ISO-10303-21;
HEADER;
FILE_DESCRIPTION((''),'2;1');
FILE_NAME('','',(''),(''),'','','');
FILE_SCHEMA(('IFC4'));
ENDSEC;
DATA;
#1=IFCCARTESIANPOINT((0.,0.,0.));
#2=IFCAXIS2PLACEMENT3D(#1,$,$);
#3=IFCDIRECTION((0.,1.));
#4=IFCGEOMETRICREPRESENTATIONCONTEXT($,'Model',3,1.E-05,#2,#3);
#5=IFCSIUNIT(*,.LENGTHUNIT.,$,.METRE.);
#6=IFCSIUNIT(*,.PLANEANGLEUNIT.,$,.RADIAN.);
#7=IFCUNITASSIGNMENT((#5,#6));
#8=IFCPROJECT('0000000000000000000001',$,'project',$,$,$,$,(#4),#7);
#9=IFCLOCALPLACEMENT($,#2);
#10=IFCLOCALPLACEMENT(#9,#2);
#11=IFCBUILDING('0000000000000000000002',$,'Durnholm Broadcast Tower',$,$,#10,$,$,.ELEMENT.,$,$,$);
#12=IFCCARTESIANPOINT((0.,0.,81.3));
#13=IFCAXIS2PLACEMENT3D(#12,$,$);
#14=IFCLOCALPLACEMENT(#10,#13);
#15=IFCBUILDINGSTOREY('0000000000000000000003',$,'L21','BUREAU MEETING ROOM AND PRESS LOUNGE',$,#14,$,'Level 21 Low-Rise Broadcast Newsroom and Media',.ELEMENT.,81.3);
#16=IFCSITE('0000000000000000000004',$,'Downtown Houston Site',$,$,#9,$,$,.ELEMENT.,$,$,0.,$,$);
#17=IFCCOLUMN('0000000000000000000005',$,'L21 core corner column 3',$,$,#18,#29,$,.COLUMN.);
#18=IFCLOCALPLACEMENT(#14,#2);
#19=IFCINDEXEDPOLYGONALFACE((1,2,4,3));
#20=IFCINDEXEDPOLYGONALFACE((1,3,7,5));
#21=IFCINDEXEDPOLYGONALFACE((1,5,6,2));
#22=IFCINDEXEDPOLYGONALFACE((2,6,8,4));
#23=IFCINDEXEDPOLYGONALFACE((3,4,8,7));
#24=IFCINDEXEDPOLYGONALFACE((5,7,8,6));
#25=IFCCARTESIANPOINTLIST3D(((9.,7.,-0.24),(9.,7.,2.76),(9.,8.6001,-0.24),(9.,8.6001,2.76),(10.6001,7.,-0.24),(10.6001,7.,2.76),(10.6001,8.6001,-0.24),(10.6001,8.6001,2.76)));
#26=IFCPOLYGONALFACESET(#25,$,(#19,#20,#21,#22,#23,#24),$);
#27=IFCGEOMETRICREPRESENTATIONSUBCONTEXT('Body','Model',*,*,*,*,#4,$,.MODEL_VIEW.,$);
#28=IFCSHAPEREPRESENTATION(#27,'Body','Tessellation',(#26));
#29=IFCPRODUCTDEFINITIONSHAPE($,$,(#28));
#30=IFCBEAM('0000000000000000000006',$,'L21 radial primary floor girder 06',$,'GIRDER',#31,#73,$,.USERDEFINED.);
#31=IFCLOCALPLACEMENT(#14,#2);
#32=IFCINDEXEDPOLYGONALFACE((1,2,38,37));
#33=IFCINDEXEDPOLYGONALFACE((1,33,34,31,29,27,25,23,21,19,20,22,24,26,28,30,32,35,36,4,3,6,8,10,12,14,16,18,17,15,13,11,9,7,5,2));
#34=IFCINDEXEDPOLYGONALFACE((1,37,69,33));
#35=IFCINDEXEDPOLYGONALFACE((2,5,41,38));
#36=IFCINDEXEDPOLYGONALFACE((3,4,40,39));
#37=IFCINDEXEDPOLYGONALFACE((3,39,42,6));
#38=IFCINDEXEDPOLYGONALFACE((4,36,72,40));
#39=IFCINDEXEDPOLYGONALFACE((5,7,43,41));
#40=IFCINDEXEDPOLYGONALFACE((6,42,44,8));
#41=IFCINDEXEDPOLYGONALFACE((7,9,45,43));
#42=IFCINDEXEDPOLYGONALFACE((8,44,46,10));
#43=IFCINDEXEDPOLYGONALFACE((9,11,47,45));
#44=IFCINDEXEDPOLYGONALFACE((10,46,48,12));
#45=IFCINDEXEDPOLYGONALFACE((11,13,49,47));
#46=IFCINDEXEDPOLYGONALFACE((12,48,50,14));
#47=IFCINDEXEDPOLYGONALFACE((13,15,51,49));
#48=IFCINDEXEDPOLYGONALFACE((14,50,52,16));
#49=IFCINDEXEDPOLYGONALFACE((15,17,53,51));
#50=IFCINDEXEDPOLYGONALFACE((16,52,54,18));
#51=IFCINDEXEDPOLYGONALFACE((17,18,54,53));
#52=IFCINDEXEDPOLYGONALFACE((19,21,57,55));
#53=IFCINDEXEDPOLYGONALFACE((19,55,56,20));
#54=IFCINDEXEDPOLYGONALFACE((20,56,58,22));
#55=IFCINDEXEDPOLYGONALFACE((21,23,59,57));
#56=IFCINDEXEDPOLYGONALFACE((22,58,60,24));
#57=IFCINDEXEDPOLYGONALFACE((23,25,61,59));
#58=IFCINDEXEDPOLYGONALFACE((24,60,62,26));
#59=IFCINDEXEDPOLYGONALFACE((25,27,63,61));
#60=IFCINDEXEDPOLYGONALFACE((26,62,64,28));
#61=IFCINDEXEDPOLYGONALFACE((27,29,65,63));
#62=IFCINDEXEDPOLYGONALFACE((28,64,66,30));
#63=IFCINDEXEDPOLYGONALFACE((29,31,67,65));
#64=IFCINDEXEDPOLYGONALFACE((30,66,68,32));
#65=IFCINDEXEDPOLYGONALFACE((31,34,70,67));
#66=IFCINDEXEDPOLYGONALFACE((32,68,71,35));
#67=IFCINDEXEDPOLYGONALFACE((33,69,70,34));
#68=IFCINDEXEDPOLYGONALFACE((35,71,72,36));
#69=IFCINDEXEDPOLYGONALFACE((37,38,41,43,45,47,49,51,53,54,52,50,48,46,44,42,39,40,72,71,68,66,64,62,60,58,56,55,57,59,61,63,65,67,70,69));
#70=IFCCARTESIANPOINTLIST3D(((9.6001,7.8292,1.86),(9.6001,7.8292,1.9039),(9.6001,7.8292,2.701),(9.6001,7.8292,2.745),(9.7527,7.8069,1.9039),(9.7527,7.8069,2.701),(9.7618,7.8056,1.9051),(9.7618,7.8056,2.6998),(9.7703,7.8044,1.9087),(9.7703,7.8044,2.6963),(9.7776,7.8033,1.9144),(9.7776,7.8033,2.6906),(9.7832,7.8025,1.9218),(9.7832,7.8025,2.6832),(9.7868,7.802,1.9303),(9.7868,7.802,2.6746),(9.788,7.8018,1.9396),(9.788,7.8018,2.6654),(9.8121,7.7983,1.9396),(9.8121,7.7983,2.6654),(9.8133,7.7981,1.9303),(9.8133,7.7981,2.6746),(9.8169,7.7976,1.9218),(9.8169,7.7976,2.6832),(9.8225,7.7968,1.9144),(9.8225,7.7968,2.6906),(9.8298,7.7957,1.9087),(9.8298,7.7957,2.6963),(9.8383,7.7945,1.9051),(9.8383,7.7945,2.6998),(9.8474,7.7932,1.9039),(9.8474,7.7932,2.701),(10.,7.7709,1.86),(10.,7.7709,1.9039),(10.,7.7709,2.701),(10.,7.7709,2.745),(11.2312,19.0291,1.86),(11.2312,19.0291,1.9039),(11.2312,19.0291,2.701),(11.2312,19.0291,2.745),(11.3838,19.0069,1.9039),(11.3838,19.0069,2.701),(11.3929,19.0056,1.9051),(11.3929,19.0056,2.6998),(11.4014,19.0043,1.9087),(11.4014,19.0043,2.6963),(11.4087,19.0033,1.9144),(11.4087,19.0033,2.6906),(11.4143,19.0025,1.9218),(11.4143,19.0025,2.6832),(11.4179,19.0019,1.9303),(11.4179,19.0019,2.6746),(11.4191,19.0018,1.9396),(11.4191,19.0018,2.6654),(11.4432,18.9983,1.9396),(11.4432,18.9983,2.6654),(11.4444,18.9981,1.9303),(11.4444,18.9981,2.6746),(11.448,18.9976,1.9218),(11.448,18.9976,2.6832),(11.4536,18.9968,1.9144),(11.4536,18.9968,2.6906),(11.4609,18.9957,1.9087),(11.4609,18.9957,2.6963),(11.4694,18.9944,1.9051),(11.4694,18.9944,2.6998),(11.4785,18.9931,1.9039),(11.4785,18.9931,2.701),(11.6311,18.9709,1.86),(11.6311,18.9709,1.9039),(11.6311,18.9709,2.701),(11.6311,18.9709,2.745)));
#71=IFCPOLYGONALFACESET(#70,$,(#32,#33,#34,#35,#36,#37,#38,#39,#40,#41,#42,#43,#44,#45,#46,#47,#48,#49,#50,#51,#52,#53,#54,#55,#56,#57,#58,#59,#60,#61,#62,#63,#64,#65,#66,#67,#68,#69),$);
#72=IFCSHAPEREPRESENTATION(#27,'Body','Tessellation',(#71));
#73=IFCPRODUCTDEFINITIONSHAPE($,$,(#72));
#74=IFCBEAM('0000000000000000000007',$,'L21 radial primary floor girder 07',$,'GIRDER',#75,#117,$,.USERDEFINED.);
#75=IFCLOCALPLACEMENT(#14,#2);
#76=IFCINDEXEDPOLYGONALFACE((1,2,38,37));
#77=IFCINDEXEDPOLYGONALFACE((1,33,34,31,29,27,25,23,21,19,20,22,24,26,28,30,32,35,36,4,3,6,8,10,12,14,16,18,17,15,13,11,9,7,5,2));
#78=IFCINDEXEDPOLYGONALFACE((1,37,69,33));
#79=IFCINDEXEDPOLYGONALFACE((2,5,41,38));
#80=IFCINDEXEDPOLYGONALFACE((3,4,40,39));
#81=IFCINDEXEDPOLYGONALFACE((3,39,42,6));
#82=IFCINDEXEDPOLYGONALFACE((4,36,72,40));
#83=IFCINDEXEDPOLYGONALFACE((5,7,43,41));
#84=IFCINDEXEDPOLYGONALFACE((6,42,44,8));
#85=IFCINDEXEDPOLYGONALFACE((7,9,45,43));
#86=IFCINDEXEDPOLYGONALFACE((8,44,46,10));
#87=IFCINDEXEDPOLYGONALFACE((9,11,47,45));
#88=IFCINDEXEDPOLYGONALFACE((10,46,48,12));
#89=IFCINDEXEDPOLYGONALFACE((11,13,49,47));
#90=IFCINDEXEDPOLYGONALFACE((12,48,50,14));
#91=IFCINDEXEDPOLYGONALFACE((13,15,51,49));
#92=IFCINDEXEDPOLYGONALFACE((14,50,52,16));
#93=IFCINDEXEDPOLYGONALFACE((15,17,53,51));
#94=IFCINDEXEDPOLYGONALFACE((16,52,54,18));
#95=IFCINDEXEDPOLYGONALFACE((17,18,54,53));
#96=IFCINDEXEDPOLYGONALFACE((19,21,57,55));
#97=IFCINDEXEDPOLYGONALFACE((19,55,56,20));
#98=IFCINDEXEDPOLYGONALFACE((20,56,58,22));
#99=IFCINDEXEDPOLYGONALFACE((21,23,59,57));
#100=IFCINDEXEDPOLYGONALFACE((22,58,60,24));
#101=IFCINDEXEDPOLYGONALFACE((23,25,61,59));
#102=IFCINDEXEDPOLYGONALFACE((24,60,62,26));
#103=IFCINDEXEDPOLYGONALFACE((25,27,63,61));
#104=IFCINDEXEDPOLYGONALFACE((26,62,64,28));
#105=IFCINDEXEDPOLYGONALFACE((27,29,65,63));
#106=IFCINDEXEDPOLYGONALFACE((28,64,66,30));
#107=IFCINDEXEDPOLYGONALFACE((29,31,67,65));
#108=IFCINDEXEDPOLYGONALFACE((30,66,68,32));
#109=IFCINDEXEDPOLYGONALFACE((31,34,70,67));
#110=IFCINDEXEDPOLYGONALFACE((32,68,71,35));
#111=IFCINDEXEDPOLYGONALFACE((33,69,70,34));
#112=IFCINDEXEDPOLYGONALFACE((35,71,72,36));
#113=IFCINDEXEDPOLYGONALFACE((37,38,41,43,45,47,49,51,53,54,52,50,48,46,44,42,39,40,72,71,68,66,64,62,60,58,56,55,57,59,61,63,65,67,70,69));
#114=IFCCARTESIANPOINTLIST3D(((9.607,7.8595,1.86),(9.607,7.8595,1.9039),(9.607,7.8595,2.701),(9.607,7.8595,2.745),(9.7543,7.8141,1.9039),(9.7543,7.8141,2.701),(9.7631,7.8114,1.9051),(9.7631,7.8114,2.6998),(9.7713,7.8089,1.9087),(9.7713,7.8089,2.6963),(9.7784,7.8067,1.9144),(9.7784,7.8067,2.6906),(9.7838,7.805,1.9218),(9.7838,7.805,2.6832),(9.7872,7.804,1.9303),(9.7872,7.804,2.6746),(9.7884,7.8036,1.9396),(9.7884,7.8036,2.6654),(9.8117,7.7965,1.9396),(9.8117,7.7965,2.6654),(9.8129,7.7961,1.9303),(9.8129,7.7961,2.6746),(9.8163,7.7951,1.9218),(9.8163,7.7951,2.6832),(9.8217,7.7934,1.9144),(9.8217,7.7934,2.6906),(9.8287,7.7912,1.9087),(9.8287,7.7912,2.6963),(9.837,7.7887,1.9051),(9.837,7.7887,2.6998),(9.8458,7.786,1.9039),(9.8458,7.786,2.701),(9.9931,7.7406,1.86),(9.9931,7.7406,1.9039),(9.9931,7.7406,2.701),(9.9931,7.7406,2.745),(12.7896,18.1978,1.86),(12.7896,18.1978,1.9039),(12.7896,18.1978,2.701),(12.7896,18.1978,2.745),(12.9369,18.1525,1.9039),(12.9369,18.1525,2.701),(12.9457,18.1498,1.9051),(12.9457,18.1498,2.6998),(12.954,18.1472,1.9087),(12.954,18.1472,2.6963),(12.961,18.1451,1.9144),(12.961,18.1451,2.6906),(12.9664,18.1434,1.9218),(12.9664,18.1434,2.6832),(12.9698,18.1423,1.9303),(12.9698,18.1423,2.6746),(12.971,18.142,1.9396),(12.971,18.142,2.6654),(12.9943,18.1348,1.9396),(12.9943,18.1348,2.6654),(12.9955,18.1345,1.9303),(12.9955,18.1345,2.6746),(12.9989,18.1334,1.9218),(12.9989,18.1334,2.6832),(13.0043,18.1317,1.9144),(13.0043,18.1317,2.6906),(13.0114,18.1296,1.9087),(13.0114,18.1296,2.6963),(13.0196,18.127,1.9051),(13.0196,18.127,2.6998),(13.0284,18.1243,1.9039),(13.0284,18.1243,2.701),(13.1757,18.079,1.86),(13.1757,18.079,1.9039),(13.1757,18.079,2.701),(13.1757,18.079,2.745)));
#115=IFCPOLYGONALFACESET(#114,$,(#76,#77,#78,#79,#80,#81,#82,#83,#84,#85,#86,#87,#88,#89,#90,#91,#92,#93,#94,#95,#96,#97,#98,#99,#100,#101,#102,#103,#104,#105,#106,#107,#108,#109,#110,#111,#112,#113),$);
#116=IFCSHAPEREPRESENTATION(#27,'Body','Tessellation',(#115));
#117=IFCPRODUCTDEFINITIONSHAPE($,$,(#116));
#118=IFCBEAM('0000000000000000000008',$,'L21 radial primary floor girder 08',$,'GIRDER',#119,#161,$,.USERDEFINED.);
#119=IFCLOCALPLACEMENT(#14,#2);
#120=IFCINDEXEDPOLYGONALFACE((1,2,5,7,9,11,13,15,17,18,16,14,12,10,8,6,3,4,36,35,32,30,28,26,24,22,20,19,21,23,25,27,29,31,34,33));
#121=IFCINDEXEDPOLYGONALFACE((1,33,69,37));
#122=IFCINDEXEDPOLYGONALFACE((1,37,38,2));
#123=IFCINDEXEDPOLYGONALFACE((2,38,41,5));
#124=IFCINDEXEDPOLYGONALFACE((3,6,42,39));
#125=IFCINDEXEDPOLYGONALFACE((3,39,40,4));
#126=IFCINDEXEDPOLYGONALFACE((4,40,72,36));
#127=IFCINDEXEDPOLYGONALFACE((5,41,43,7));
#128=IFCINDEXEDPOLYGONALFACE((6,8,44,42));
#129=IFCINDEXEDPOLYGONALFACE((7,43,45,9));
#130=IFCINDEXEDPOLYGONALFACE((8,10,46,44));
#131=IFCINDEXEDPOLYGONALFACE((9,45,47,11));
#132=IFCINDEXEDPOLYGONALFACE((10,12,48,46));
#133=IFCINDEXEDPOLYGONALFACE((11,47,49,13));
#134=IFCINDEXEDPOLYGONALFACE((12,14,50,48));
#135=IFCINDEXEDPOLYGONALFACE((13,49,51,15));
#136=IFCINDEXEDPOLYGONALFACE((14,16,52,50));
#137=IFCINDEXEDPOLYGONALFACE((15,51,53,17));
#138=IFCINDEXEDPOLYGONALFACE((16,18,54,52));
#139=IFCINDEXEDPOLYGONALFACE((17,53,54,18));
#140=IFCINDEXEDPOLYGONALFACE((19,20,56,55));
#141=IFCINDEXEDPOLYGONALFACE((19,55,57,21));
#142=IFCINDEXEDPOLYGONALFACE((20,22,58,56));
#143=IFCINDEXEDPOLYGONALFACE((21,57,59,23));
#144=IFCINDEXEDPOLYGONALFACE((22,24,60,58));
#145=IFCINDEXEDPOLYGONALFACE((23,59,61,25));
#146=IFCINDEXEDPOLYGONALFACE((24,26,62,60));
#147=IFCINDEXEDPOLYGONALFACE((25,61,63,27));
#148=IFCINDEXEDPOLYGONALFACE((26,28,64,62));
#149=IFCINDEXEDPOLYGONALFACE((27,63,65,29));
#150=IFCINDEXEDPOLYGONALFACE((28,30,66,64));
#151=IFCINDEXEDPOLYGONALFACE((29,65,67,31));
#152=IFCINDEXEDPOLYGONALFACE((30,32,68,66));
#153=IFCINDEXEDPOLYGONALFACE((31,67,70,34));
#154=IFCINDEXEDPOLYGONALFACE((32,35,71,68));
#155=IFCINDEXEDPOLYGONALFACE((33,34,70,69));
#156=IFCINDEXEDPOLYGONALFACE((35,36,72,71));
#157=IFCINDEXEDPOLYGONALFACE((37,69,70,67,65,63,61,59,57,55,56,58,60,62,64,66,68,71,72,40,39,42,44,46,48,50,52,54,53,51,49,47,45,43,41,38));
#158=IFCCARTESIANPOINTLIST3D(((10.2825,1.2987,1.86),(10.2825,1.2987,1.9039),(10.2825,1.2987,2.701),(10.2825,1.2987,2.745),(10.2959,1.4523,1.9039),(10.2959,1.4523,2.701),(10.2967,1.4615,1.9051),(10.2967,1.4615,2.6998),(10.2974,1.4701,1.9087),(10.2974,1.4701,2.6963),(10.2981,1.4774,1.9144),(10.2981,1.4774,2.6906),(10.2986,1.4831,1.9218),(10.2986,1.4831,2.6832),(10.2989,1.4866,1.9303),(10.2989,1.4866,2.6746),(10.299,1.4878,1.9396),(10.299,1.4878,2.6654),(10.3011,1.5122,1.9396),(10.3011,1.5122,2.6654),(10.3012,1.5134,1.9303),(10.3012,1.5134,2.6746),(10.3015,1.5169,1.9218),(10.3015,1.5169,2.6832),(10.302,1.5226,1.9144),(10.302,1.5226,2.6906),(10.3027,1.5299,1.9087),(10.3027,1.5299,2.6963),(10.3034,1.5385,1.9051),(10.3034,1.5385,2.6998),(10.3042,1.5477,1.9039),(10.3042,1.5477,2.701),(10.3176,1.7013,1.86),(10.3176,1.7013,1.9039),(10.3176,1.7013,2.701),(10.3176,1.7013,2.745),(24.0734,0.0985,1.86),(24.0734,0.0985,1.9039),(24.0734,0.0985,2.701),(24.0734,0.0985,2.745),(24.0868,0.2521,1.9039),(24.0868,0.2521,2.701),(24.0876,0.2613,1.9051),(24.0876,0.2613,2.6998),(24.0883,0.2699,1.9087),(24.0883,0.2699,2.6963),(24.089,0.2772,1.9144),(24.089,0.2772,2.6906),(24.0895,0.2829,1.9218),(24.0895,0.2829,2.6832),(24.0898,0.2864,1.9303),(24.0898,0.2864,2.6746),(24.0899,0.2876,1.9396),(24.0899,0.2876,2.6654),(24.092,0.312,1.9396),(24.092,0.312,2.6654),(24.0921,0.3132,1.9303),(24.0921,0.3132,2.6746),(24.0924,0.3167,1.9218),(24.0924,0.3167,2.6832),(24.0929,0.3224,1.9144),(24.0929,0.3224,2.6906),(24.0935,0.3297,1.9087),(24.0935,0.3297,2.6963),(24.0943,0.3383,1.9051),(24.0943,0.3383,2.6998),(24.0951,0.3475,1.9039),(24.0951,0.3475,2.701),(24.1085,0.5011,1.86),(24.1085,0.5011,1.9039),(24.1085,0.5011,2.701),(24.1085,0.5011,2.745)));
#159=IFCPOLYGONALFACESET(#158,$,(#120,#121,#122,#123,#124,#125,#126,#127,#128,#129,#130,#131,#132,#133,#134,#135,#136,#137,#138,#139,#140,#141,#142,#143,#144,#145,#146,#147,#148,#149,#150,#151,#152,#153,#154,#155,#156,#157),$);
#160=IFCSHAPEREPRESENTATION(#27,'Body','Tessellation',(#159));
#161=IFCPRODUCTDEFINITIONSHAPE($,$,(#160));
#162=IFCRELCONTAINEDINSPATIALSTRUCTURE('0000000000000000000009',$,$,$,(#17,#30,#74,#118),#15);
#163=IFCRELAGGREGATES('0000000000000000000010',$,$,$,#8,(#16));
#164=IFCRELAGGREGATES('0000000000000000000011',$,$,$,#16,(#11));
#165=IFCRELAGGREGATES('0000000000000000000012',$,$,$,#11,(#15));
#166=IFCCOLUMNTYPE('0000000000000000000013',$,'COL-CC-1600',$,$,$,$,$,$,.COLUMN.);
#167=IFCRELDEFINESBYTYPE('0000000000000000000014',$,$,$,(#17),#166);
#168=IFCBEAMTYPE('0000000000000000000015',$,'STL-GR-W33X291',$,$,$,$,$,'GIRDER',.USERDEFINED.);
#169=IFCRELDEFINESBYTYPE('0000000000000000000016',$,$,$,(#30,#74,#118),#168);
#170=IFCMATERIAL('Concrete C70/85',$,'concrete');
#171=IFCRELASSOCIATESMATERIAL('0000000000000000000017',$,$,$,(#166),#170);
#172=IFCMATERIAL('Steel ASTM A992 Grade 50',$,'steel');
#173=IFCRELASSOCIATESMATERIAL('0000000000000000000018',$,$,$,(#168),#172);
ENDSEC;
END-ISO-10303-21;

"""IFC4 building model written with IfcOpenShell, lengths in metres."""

from ifc_helpers import new_model, si_unit, direction, frame, origin, origin_2d, place, context, subcontext, project, spatial, rectangle, i_section, extrude, source, transform, mapped, material, material_profile, profile_set, type_object, type_shapes, element, save


model = new_model("IFC4")

# Units and contexts
model_context = context("Model", 3, precision=1e-05, world=origin(), true_north=direction((0.0, 1.0)))
body_context = subcontext(model_context, "Body", "Model", "MODEL_VIEW")
ifc_project = project(units=[si_unit("LENGTHUNIT", "METRE"), si_unit("PLANEANGLEUNIT", "RADIAN")], contexts=[model_context])

# Site, building, storey
site_placement = place(None, origin())
site = spatial("IfcSite", under=ifc_project, at=site_placement, Name="Downtown Houston Site", CompositionType="ELEMENT", RefElevation=0.0)
building_placement = place(site_placement, origin())
building = spatial("IfcBuilding", under=site, at=building_placement, Name="Durnholm Broadcast Tower", CompositionType="ELEMENT")
storey_placement = place(building_placement, frame((0.0, 0.0, 81.3)))
storey = spatial("IfcBuildingStorey", under=building, at=storey_placement, Name="L21", Description="BUREAU MEETING ROOM AND PRESS LOUNGE", LongName="Level 21 Low-Rise Broadcast Newsroom and Media", CompositionType="ELEMENT", Elevation=81.3)

# Column
ifc_material_1 = material(Name="Concrete C70/85", Category="concrete")
ifc_material_profile_1 = material_profile(ifc_material_1, rectangle(XDim=1.6001, YDim=1.6001, at=origin_2d()), Name="RC1600X1600")
ifc_profile_set_1 = profile_set([ifc_material_profile_1], Name="Concrete C70/85")
column_type = type_object("IfcColumnType", Name="COL-CC-1600", PredefinedType="COLUMN", material=ifc_profile_set_1)
shared_shape_1 = source(origin(), body_context, "Body", "SweptSolid", [
    extrude(rectangle(XDim=1.6001, YDim=1.6001, at=origin_2d()), origin(), (0.0, 0.0, 1.0), 3.0),
])
type_shapes(column_type, [shared_shape_1])
column_placement = place(storey_placement, frame((9.8, 7.8, -0.24), z_axis=(0.0, 0.0, 1.0), x_axis=(1.0, 0.0, 0.0)))
element("IfcColumn", 1, at=column_placement, inside=storey, type_object=column_type, Name="L21 core corner column 3", PredefinedType="COLUMN", context=body_context, shape_type="MappedRepresentation", body=[
    mapped(shared_shape_1, transform((0.0, 0.0, 0.0), x_axis=(1.0, 0.0, 0.0), y_axis=(0.0, 1.0, 0.0), z_axis=(0.0, 0.0, 1.0), scale=1.0)),
])

# Beams
ifc_material_2 = material(Name="Steel ASTM A992 Grade 50", Category="steel")
ifc_material_profile_2 = material_profile(ifc_material_2, i_section(OverallWidth=0.4041, OverallDepth=0.885, WebThickness=0.0244, FlangeThickness=0.0439, FilletRadius=0.0356, at=origin_2d()), Name="W33X291")
ifc_profile_set_2 = profile_set([ifc_material_profile_2], Name="Steel ASTM A992 Grade 50")
beam_type_1 = type_object("IfcBeamType", Name="STL-GR-W33X291", ElementType="GIRDER", PredefinedType="USERDEFINED", material=ifc_profile_set_2)
shared_shape_2 = source(origin(), body_context, "Body", "SweptSolid", [
    extrude(i_section(OverallWidth=0.4041, OverallDepth=0.885, WebThickness=0.0244, FlangeThickness=0.0439, FilletRadius=0.0356, at=origin_2d()), origin(), (0.0, 0.0, 1.0), 11.3181),
])
beam_1_placement = place(storey_placement, frame((9.8, 7.8, 2.3025), z_axis=(0.144115, 0.989561, 0.0), x_axis=(-0.989561, 0.144115, 0.0)))
element("IfcBeam", 2, at=beam_1_placement, inside=storey, type_object=beam_type_1, Name="L21 radial primary floor girder 06", ObjectType="GIRDER", PredefinedType="USERDEFINED", context=body_context, shape_type="MappedRepresentation", body=[
    mapped(shared_shape_2, transform((0.0, 0.0, 0.0), x_axis=(1.0, 0.0, 0.0), y_axis=(0.0, 1.0, 0.0), z_axis=(0.0, 0.0, 1.0), scale=1.0)),
])
shared_shape_3 = source(origin(), body_context, "Body", "SweptSolid", [
    extrude(i_section(OverallWidth=0.4041, OverallDepth=0.885, WebThickness=0.0244, FlangeThickness=0.0439, FilletRadius=0.0356, at=origin_2d()), origin(), (0.0, 0.0, 1.0), 10.8171),
])
beam_2_placement = place(storey_placement, frame((9.8, 7.8, 2.3025), z_axis=(0.294219, 0.955738, 0.0), x_axis=(-0.955738, 0.294219, 0.0)))
element("IfcBeam", 3, at=beam_2_placement, inside=storey, type_object=beam_type_1, Name="L21 radial primary floor girder 07", ObjectType="GIRDER", PredefinedType="USERDEFINED", context=body_context, shape_type="MappedRepresentation", body=[
    mapped(shared_shape_3, transform((0.0, 0.0, 0.0), x_axis=(1.0, 0.0, 0.0), y_axis=(0.0, 1.0, 0.0), z_axis=(0.0, 0.0, 1.0), scale=1.0)),
])
shared_shape_4 = source(origin(), body_context, "Body", "SweptSolid", [
    extrude(i_section(OverallWidth=0.4041, OverallDepth=0.885, WebThickness=0.0244, FlangeThickness=0.0439, FilletRadius=0.0356, at=origin_2d()), origin(), (0.0, 0.0, 1.0), 13.843),
])
beam_3_placement = place(storey_placement, frame((10.3, 1.5, 2.3025), z_axis=(0.996234, -0.086701, 0.0), x_axis=(0.086701, 0.996234, 0.0)))
element("IfcBeam", 4, at=beam_3_placement, inside=storey, type_object=beam_type_1, Name="L21 radial primary floor girder 08", ObjectType="GIRDER", PredefinedType="USERDEFINED", context=body_context, shape_type="MappedRepresentation", body=[
    mapped(shared_shape_4, transform((0.0, 0.0, 0.0), x_axis=(1.0, 0.0, 0.0), y_axis=(0.0, 1.0, 0.0), z_axis=(0.0, 0.0, 1.0), scale=1.0)),
])

save(model, "model.ifc")
